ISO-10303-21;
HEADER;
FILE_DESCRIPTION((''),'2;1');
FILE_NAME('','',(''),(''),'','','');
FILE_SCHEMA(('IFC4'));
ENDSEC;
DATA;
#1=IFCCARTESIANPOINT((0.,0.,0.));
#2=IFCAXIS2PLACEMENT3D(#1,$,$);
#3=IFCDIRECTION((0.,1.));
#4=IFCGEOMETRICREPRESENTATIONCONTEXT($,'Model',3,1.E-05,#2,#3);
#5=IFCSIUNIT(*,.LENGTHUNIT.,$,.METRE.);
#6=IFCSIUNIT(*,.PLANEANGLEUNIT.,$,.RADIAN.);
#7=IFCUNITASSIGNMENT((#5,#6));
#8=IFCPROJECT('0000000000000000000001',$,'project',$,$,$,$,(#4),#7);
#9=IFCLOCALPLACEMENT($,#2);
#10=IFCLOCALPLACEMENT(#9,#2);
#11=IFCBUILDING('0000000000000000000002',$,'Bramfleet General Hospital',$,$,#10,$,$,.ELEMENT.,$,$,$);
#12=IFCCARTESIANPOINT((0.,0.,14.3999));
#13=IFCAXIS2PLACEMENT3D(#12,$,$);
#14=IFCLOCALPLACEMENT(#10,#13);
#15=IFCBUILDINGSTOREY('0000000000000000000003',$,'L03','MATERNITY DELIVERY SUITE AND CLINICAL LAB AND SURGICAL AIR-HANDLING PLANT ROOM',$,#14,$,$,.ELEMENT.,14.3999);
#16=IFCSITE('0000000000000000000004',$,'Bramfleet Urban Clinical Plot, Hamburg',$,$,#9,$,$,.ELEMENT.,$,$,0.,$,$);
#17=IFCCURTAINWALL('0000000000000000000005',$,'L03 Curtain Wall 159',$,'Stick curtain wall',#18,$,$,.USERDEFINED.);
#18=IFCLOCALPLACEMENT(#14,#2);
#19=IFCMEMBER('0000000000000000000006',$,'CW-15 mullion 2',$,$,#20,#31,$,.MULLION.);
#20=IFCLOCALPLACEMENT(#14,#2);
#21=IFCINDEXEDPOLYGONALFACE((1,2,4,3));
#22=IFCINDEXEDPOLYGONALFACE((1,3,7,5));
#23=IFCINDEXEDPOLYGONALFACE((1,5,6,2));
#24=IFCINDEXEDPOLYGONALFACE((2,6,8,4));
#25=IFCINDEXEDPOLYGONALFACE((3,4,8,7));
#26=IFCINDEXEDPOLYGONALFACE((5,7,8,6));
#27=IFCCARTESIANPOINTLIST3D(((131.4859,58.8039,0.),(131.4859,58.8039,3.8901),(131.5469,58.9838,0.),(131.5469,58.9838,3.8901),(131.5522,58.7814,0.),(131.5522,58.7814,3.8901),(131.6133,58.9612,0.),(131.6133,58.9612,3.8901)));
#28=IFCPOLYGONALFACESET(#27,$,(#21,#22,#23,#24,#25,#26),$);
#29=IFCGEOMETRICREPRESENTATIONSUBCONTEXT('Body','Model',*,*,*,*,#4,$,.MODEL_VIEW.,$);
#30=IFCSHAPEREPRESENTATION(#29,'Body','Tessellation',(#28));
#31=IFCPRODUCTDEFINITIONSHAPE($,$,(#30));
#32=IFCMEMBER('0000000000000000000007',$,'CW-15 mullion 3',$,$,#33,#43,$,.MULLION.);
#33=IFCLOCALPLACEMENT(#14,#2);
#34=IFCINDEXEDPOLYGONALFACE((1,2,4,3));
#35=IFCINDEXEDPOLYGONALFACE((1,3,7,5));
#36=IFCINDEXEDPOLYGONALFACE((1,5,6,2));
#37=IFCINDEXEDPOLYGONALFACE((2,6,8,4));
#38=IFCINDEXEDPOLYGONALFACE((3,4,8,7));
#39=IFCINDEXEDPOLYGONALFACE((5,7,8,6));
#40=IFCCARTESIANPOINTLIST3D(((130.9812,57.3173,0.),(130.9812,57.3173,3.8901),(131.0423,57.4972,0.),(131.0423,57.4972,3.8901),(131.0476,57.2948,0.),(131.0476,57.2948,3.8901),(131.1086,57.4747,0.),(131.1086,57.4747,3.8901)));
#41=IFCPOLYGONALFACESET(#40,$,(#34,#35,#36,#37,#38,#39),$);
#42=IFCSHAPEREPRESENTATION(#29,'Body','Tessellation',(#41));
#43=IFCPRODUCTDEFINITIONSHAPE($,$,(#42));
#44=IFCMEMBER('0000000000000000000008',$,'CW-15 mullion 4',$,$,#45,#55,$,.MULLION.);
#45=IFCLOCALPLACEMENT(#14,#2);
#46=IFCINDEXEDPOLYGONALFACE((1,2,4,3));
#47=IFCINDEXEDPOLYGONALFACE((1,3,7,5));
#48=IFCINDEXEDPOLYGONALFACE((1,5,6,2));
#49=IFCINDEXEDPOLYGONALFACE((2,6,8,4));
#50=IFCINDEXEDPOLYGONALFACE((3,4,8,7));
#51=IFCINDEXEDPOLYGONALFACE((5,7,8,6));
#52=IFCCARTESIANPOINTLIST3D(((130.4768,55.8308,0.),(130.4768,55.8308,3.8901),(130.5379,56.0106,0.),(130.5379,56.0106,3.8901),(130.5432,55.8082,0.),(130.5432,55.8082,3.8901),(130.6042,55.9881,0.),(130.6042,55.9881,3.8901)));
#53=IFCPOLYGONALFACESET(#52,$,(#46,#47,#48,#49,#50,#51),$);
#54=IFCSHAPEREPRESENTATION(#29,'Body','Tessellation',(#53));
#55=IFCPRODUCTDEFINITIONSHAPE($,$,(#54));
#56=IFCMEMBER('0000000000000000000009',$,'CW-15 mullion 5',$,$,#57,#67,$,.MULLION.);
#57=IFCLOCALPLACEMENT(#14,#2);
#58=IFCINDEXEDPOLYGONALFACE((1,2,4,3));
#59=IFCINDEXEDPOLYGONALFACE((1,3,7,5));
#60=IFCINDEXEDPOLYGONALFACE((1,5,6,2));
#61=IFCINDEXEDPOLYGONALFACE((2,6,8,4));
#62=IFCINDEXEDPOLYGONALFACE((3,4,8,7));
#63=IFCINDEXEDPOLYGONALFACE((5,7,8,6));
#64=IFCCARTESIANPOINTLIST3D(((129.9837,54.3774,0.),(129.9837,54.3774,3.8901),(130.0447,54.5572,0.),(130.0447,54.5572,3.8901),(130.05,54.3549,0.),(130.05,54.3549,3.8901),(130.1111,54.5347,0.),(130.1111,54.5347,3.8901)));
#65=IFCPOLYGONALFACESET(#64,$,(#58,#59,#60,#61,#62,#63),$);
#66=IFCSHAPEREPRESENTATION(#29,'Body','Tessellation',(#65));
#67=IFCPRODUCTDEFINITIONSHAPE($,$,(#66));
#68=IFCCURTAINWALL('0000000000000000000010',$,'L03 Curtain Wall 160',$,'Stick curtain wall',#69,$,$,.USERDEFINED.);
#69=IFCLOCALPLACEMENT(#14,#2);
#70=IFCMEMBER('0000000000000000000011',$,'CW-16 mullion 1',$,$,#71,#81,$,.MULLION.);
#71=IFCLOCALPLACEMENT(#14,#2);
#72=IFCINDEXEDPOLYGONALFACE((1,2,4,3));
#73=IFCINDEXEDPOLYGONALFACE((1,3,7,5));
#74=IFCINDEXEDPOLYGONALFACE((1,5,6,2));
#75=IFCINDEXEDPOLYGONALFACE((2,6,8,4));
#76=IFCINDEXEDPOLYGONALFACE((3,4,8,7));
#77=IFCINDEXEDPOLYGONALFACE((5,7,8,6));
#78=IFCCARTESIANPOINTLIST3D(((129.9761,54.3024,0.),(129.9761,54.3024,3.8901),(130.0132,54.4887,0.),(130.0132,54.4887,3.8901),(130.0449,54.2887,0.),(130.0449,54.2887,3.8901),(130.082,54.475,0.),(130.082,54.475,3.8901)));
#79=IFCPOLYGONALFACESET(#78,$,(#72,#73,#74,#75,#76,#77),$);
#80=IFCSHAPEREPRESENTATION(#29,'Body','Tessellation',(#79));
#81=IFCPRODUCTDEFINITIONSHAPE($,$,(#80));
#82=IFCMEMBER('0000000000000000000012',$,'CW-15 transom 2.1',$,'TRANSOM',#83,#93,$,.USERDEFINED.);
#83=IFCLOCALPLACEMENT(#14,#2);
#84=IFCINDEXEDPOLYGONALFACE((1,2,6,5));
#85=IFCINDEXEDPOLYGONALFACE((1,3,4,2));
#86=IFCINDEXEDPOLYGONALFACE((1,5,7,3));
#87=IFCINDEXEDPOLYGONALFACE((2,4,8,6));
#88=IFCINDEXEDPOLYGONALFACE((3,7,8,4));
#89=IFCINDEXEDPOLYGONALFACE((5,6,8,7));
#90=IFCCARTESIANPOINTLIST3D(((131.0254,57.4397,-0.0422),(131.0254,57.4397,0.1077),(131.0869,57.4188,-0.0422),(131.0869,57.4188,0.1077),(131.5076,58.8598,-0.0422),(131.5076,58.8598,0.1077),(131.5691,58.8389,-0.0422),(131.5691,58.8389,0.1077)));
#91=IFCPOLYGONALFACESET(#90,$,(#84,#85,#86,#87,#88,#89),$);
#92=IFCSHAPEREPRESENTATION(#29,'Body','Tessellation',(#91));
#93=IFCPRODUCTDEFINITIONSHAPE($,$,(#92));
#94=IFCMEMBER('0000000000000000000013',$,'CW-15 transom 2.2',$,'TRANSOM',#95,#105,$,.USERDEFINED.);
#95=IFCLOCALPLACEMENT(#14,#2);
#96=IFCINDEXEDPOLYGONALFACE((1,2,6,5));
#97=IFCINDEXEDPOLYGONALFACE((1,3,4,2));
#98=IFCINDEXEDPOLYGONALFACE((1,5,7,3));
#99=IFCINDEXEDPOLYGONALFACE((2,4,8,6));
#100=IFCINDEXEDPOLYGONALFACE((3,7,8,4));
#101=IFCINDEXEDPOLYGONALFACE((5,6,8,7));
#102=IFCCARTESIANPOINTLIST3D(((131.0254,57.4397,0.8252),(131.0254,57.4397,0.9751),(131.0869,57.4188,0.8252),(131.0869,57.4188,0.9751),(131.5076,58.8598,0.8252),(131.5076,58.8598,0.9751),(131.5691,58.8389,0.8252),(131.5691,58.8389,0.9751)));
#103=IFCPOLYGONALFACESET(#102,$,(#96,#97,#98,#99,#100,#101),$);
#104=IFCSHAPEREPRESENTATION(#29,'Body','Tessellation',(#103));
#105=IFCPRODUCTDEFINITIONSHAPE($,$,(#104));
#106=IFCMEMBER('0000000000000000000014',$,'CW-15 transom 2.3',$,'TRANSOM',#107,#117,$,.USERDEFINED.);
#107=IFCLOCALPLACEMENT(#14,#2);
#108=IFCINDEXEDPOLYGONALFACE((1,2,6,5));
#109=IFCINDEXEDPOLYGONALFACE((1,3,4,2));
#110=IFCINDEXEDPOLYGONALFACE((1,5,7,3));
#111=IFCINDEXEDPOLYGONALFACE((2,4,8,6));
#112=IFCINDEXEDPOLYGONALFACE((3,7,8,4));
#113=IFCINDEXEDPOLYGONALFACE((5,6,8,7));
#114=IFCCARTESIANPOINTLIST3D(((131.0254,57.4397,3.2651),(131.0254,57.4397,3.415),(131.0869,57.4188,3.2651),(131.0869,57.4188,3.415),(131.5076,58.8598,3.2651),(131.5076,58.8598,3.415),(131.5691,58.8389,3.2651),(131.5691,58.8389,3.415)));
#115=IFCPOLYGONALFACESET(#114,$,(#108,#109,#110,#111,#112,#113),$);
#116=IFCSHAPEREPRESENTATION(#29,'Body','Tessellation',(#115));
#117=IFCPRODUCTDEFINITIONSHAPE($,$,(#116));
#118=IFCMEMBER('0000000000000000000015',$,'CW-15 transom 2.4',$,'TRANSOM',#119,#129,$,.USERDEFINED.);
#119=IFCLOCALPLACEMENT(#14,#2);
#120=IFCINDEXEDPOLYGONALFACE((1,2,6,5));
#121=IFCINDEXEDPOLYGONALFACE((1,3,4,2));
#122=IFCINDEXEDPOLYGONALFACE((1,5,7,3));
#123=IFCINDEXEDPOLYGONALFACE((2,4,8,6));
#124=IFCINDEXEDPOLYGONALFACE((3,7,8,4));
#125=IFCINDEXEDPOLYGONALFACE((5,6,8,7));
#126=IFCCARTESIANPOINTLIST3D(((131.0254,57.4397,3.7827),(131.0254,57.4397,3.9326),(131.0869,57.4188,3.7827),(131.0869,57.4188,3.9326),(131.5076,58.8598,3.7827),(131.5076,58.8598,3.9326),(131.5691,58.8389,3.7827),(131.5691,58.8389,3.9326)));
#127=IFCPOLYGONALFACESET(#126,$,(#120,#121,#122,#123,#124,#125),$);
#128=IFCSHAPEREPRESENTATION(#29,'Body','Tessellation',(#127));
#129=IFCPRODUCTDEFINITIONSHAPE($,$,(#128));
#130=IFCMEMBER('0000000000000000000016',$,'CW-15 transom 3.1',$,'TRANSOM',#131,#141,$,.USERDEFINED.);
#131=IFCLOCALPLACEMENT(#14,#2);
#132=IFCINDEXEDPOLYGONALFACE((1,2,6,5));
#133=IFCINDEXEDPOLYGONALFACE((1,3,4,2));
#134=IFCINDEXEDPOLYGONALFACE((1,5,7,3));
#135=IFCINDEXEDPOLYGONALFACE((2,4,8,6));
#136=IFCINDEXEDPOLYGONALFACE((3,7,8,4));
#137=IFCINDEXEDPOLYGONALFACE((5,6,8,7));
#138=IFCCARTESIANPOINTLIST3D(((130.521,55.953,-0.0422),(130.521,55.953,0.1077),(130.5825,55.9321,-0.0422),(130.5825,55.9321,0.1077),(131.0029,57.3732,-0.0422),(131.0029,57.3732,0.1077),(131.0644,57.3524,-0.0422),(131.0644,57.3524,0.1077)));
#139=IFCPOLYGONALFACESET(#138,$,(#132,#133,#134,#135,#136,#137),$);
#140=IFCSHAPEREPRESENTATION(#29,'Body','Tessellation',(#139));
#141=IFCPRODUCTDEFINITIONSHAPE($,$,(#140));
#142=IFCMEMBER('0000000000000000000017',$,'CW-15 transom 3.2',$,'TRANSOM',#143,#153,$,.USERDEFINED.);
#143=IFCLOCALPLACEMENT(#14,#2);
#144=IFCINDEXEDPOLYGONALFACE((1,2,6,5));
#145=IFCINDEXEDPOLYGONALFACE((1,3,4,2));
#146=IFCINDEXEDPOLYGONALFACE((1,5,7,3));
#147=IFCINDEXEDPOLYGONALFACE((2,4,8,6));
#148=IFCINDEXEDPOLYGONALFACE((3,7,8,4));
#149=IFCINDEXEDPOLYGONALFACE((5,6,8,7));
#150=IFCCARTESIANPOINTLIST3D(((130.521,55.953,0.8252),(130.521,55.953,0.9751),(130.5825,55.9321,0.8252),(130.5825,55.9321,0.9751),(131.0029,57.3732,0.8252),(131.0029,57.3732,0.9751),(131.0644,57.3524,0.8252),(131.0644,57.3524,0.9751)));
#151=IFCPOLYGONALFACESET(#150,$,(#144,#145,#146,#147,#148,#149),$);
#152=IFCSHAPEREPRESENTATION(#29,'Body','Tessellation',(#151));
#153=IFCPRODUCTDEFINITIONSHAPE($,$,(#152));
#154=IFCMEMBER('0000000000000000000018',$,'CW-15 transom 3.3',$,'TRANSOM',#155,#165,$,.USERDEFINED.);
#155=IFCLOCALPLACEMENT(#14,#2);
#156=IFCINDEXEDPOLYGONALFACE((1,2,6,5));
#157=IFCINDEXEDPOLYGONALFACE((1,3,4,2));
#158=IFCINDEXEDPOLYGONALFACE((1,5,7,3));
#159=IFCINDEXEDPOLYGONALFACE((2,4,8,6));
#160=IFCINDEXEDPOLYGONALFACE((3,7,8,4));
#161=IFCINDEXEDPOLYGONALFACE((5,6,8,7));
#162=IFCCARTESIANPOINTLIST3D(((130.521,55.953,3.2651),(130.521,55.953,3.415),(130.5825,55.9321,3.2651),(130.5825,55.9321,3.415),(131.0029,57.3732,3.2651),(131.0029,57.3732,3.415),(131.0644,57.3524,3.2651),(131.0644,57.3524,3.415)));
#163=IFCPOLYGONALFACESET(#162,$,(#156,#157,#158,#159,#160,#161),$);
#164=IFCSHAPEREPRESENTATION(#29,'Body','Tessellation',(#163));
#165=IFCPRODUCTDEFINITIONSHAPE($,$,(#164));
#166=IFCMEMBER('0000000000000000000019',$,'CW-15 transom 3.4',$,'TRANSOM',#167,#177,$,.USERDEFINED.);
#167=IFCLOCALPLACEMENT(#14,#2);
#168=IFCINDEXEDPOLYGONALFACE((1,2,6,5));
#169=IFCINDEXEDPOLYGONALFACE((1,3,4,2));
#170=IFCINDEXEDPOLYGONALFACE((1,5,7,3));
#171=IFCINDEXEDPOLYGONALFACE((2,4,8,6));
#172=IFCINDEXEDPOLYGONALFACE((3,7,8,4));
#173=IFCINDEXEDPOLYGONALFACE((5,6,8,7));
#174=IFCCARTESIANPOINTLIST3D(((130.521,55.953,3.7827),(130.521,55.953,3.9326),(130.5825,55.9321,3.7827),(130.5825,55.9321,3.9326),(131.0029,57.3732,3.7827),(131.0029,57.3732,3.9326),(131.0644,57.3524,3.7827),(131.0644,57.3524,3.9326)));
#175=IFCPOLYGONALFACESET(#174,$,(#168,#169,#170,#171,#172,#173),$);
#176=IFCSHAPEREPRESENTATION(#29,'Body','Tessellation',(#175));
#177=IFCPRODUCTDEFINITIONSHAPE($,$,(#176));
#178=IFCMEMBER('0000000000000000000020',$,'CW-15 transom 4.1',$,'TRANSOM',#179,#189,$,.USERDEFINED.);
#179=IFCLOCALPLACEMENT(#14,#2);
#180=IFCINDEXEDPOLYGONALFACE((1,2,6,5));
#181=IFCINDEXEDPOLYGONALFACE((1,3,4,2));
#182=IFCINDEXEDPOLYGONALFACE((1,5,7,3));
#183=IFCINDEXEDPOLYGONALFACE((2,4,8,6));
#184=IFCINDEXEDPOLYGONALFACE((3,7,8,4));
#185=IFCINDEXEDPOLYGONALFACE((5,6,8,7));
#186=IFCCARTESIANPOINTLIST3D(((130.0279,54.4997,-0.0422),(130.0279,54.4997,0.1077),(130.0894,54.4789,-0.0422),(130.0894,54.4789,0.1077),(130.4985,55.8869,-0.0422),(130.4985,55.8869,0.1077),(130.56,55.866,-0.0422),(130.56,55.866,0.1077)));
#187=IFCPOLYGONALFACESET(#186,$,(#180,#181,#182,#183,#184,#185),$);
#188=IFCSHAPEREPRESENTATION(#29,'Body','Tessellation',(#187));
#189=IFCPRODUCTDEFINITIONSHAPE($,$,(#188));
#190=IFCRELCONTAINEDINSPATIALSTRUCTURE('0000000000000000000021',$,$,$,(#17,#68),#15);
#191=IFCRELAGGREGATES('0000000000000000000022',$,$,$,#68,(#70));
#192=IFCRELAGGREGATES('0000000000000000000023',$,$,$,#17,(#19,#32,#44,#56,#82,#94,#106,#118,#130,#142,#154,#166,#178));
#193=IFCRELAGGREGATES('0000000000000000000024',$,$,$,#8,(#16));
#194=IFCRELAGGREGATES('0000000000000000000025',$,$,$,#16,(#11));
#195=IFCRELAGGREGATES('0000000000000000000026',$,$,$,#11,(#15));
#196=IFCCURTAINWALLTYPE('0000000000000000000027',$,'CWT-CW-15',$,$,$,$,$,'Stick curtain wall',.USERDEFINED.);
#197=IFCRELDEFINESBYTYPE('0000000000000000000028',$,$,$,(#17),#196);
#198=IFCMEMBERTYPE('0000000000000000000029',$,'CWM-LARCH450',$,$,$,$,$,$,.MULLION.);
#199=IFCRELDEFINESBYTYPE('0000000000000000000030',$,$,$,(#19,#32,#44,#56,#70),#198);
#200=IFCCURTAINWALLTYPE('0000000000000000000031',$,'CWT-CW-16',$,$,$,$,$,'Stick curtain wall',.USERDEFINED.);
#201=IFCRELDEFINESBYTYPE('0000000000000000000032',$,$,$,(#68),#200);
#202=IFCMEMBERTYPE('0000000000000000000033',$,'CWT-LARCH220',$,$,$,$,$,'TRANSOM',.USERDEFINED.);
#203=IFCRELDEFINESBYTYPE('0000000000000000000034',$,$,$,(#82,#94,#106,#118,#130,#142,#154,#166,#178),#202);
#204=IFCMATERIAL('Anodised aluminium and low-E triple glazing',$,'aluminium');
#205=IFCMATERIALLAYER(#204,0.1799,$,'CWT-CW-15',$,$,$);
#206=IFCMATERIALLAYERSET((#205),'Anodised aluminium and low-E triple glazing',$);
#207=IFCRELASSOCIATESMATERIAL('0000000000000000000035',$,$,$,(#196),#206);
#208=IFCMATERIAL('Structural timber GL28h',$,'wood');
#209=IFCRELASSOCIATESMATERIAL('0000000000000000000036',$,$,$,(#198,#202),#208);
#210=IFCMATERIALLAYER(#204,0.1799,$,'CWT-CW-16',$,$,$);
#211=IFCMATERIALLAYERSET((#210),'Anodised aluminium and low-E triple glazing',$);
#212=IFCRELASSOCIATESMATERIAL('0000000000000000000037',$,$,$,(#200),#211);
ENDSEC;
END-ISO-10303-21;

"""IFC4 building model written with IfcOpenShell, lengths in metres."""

from ifc_helpers import new_model, si_unit, direction, frame, origin, origin_2d, place, context, subcontext, project, spatial, rectangle, extrude, material, layer, layer_set, material_profile, profile_set, type_object, element, aggregate, save


model = new_model("IFC4")

# Units and contexts
model_context = context("Model", 3, precision=1e-05, world=origin(), true_north=direction((0.0, 1.0)))
body_context = subcontext(model_context, "Body", "Model", "MODEL_VIEW")
ifc_project = project(units=[si_unit("LENGTHUNIT", "METRE"), si_unit("PLANEANGLEUNIT", "RADIAN")], contexts=[model_context])

# Site, building, storey
site_placement = place(None, origin())
site = spatial("IfcSite", under=ifc_project, at=site_placement, Name="Bramfleet Urban Clinical Plot, Hamburg", CompositionType="ELEMENT", RefElevation=0.0)
building_placement = place(site_placement, origin())
building = spatial("IfcBuilding", under=site, at=building_placement, Name="Bramfleet General Hospital", CompositionType="ELEMENT")
storey_placement = place(building_placement, frame((0.0, 0.0, 14.3999)))
storey = spatial("IfcBuildingStorey", under=building, at=storey_placement, Name="L03", Description="MATERNITY DELIVERY SUITE AND CLINICAL LAB AND SURGICAL AIR-HANDLING PLANT ROOM", CompositionType="ELEMENT", Elevation=14.3999)

# Curtain wall, members
ifc_material_1 = material(Name="Anodised aluminium and low-E triple glazing", Category="aluminium")
ifc_layer_1 = layer(ifc_material_1, 0.1799, Name="CWT-CW-15")
ifc_layer_set_1 = layer_set([ifc_layer_1], Name="Anodised aluminium and low-E triple glazing")
curtain_wall_type_1 = type_object("IfcCurtainWallType", Name="CWT-CW-15", ElementType="Stick curtain wall", PredefinedType="USERDEFINED", material=ifc_layer_set_1)
curtain_wall_1_placement = place(storey_placement, origin())
curtain_wall_1 = element("IfcCurtainWall", 1, at=curtain_wall_1_placement, inside=storey, type_object=curtain_wall_type_1, Name="L03 Curtain Wall 159", ObjectType="Stick curtain wall", PredefinedType="USERDEFINED")
ifc_material_2 = material(Name="Structural timber GL28h", Category="wood")
ifc_material_profile_1 = material_profile(ifc_material_2, rectangle(XDim=0.0701, YDim=0.1899, at=origin_2d()), Name="LARCH 190x70")
ifc_profile_set_1 = profile_set([ifc_material_profile_1], Name="Structural timber GL28h")
member_type_1 = type_object("IfcMemberType", Name="CWM-LARCH450", PredefinedType="MULLION", material=ifc_profile_set_1)
member_1_placement = place(storey_placement, frame((131.5496, 58.8826, 0.0), z_axis=(0.0, 0.0, 1.0), x_axis=(0.946949, -0.321383, 0.0)))
member_1 = element("IfcMember", 2, at=member_1_placement, type_object=member_type_1, Name="CW-15 mullion 2", PredefinedType="MULLION", context=body_context, shape_type="SweptSolid", body=[
    extrude(rectangle(XDim=0.0701, YDim=0.1899, at=origin_2d()), origin(), (0.0, 0.0, 1.0), 3.8901),
])
member_2_placement = place(storey_placement, frame((131.0449, 57.396, 0.0), z_axis=(0.0, 0.0, 1.0), x_axis=(0.946949, -0.321383, 0.0)))
member_2 = element("IfcMember", 3, at=member_2_placement, type_object=member_type_1, Name="CW-15 mullion 3", PredefinedType="MULLION", context=body_context, shape_type="SweptSolid", body=[
    extrude(rectangle(XDim=0.0701, YDim=0.1899, at=origin_2d()), origin(), (0.0, 0.0, 1.0), 3.8901),
])
member_3_placement = place(storey_placement, frame((130.5405, 55.9094, 0.0), z_axis=(0.0, 0.0, 1.0), x_axis=(0.946949, -0.321383, 0.0)))
member_3 = element("IfcMember", 4, at=member_3_placement, type_object=member_type_1, Name="CW-15 mullion 4", PredefinedType="MULLION", context=body_context, shape_type="SweptSolid", body=[
    extrude(rectangle(XDim=0.0701, YDim=0.1899, at=origin_2d()), origin(), (0.0, 0.0, 1.0), 3.8901),
])
member_4_placement = place(storey_placement, frame((130.0474, 54.4561, 0.0), z_axis=(0.0, 0.0, 1.0), x_axis=(0.946949, -0.321383, 0.0)))
member_4 = element("IfcMember", 5, at=member_4_placement, type_object=member_type_1, Name="CW-15 mullion 5", PredefinedType="MULLION", context=body_context, shape_type="SweptSolid", body=[
    extrude(rectangle(XDim=0.0701, YDim=0.1899, at=origin_2d()), origin(), (0.0, 0.0, 1.0), 3.8901),
])

# Curtain wall, member
ifc_layer_2 = layer(ifc_material_1, 0.1799, Name="CWT-CW-16")
ifc_layer_set_2 = layer_set([ifc_layer_2], Name="Anodised aluminium and low-E triple glazing")
curtain_wall_type_2 = type_object("IfcCurtainWallType", Name="CWT-CW-16", ElementType="Stick curtain wall", PredefinedType="USERDEFINED", material=ifc_layer_set_2)
curtain_wall_2_placement = place(storey_placement, origin())
curtain_wall_2 = element("IfcCurtainWall", 6, at=curtain_wall_2_placement, inside=storey, type_object=curtain_wall_type_2, Name="L03 Curtain Wall 160", ObjectType="Stick curtain wall", PredefinedType="USERDEFINED")
member_5_placement = place(storey_placement, frame((130.0291, 54.3887, 0.0), z_axis=(0.0, 0.0, 1.0), x_axis=(0.980749, -0.195272, 0.0)))
member_5 = element("IfcMember", 7, at=member_5_placement, type_object=member_type_1, Name="CW-16 mullion 1", PredefinedType="MULLION", context=body_context, shape_type="SweptSolid", body=[
    extrude(rectangle(XDim=0.0701, YDim=0.1899, at=origin_2d()), origin(), (0.0, 0.0, 1.0), 3.8901),
])

# Members
ifc_material_profile_2 = material_profile(ifc_material_2, rectangle(XDim=0.0649, YDim=0.1499, at=origin_2d()), Name="LARCH 150x65")
ifc_profile_set_2 = profile_set([ifc_material_profile_2], Name="Structural timber GL28h")
member_type_2 = type_object("IfcMemberType", Name="CWT-LARCH220", ElementType="TRANSOM", PredefinedType="USERDEFINED", material=ifc_profile_set_2)
member_6_placement = place(storey_placement, frame((131.5383, 58.8494, 0.0327), z_axis=(-0.321497, -0.946911, 0.0), x_axis=(0.946911, -0.321497, 0.0)))
member_6 = element("IfcMember", 8, at=member_6_placement, type_object=member_type_2, Name="CW-15 transom 2.1", ObjectType="TRANSOM", PredefinedType="USERDEFINED", context=body_context, shape_type="SweptSolid", body=[
    extrude(rectangle(XDim=0.0649, YDim=0.1499, at=origin_2d()), origin(), (0.0, 0.0, 1.0), 1.4998),
])
member_7_placement = place(storey_placement, frame((131.5383, 58.8494, 0.9001), z_axis=(-0.321497, -0.946911, 0.0), x_axis=(0.946911, -0.321497, 0.0)))
member_7 = element("IfcMember", 9, at=member_7_placement, type_object=member_type_2, Name="CW-15 transom 2.2", ObjectType="TRANSOM", PredefinedType="USERDEFINED", context=body_context, shape_type="SweptSolid", body=[
    extrude(rectangle(XDim=0.0649, YDim=0.1499, at=origin_2d()), origin(), (0.0, 0.0, 1.0), 1.4998),
])
member_8_placement = place(storey_placement, frame((131.5383, 58.8494, 3.3401), z_axis=(-0.321497, -0.946911, 0.0), x_axis=(0.946911, -0.321497, 0.0)))
member_8 = element("IfcMember", 10, at=member_8_placement, type_object=member_type_2, Name="CW-15 transom 2.3", ObjectType="TRANSOM", PredefinedType="USERDEFINED", context=body_context, shape_type="SweptSolid", body=[
    extrude(rectangle(XDim=0.0649, YDim=0.1499, at=origin_2d()), origin(), (0.0, 0.0, 1.0), 1.4998),
])
member_9_placement = place(storey_placement, frame((131.5383, 58.8494, 3.8577), z_axis=(-0.321497, -0.946911, 0.0), x_axis=(0.946911, -0.321497, 0.0)))
member_9 = element("IfcMember", 11, at=member_9_placement, type_object=member_type_2, Name="CW-15 transom 2.4", ObjectType="TRANSOM", PredefinedType="USERDEFINED", context=body_context, shape_type="SweptSolid", body=[
    extrude(rectangle(XDim=0.0649, YDim=0.1499, at=origin_2d()), origin(), (0.0, 0.0, 1.0), 1.4998),
])
member_10_placement = place(storey_placement, frame((131.0337, 57.3628, 0.0327), z_axis=(-0.321351, -0.94696, 0.0), x_axis=(0.94696, -0.321351, 0.0)))
member_10 = element("IfcMember", 12, at=member_10_placement, type_object=member_type_2, Name="CW-15 transom 3.1", ObjectType="TRANSOM", PredefinedType="USERDEFINED", context=body_context, shape_type="SweptSolid", body=[
    extrude(rectangle(XDim=0.0649, YDim=0.1499, at=origin_2d()), origin(), (0.0, 0.0, 1.0), 1.4998),
])
member_11_placement = place(storey_placement, frame((131.0337, 57.3628, 0.9001), z_axis=(-0.321351, -0.94696, 0.0), x_axis=(0.94696, -0.321351, 0.0)))
member_11 = element("IfcMember", 13, at=member_11_placement, type_object=member_type_2, Name="CW-15 transom 3.2", ObjectType="TRANSOM", PredefinedType="USERDEFINED", context=body_context, shape_type="SweptSolid", body=[
    extrude(rectangle(XDim=0.0649, YDim=0.1499, at=origin_2d()), origin(), (0.0, 0.0, 1.0), 1.4998),
])
member_12_placement = place(storey_placement, frame((131.0337, 57.3628, 3.3401), z_axis=(-0.321351, -0.94696, 0.0), x_axis=(0.94696, -0.321351, 0.0)))
member_12 = element("IfcMember", 14, at=member_12_placement, type_object=member_type_2, Name="CW-15 transom 3.3", ObjectType="TRANSOM", PredefinedType="USERDEFINED", context=body_context, shape_type="SweptSolid", body=[
    extrude(rectangle(XDim=0.0649, YDim=0.1499, at=origin_2d()), origin(), (0.0, 0.0, 1.0), 1.4998),
])
member_13_placement = place(storey_placement, frame((131.0337, 57.3628, 3.8577), z_axis=(-0.321351, -0.94696, 0.0), x_axis=(0.94696, -0.321351, 0.0)))
member_13 = element("IfcMember", 15, at=member_13_placement, type_object=member_type_2, Name="CW-15 transom 3.4", ObjectType="TRANSOM", PredefinedType="USERDEFINED", context=body_context, shape_type="SweptSolid", body=[
    extrude(rectangle(XDim=0.0649, YDim=0.1499, at=origin_2d()), origin(), (0.0, 0.0, 1.0), 1.4998),
])
member_14_placement = place(storey_placement, frame((130.5293, 55.8765, 0.0327), z_axis=(-0.321323, -0.94697, 0.0), x_axis=(0.94697, -0.321323, 0.0)))
member_14 = element("IfcMember", 16, at=member_14_placement, type_object=member_type_2, Name="CW-15 transom 4.1", ObjectType="TRANSOM", PredefinedType="USERDEFINED", context=body_context, shape_type="SweptSolid", body=[
    extrude(rectangle(XDim=0.0649, YDim=0.1499, at=origin_2d()), origin(), (0.0, 0.0, 1.0), 1.4648),
])
aggregate(curtain_wall_2, [member_5])

aggregate(curtain_wall_1, [member_1, member_2, member_3, member_4, member_6, member_7, member_8, member_9, member_10, member_11, member_12, member_13, member_14])

save(model, "model.ifc")
